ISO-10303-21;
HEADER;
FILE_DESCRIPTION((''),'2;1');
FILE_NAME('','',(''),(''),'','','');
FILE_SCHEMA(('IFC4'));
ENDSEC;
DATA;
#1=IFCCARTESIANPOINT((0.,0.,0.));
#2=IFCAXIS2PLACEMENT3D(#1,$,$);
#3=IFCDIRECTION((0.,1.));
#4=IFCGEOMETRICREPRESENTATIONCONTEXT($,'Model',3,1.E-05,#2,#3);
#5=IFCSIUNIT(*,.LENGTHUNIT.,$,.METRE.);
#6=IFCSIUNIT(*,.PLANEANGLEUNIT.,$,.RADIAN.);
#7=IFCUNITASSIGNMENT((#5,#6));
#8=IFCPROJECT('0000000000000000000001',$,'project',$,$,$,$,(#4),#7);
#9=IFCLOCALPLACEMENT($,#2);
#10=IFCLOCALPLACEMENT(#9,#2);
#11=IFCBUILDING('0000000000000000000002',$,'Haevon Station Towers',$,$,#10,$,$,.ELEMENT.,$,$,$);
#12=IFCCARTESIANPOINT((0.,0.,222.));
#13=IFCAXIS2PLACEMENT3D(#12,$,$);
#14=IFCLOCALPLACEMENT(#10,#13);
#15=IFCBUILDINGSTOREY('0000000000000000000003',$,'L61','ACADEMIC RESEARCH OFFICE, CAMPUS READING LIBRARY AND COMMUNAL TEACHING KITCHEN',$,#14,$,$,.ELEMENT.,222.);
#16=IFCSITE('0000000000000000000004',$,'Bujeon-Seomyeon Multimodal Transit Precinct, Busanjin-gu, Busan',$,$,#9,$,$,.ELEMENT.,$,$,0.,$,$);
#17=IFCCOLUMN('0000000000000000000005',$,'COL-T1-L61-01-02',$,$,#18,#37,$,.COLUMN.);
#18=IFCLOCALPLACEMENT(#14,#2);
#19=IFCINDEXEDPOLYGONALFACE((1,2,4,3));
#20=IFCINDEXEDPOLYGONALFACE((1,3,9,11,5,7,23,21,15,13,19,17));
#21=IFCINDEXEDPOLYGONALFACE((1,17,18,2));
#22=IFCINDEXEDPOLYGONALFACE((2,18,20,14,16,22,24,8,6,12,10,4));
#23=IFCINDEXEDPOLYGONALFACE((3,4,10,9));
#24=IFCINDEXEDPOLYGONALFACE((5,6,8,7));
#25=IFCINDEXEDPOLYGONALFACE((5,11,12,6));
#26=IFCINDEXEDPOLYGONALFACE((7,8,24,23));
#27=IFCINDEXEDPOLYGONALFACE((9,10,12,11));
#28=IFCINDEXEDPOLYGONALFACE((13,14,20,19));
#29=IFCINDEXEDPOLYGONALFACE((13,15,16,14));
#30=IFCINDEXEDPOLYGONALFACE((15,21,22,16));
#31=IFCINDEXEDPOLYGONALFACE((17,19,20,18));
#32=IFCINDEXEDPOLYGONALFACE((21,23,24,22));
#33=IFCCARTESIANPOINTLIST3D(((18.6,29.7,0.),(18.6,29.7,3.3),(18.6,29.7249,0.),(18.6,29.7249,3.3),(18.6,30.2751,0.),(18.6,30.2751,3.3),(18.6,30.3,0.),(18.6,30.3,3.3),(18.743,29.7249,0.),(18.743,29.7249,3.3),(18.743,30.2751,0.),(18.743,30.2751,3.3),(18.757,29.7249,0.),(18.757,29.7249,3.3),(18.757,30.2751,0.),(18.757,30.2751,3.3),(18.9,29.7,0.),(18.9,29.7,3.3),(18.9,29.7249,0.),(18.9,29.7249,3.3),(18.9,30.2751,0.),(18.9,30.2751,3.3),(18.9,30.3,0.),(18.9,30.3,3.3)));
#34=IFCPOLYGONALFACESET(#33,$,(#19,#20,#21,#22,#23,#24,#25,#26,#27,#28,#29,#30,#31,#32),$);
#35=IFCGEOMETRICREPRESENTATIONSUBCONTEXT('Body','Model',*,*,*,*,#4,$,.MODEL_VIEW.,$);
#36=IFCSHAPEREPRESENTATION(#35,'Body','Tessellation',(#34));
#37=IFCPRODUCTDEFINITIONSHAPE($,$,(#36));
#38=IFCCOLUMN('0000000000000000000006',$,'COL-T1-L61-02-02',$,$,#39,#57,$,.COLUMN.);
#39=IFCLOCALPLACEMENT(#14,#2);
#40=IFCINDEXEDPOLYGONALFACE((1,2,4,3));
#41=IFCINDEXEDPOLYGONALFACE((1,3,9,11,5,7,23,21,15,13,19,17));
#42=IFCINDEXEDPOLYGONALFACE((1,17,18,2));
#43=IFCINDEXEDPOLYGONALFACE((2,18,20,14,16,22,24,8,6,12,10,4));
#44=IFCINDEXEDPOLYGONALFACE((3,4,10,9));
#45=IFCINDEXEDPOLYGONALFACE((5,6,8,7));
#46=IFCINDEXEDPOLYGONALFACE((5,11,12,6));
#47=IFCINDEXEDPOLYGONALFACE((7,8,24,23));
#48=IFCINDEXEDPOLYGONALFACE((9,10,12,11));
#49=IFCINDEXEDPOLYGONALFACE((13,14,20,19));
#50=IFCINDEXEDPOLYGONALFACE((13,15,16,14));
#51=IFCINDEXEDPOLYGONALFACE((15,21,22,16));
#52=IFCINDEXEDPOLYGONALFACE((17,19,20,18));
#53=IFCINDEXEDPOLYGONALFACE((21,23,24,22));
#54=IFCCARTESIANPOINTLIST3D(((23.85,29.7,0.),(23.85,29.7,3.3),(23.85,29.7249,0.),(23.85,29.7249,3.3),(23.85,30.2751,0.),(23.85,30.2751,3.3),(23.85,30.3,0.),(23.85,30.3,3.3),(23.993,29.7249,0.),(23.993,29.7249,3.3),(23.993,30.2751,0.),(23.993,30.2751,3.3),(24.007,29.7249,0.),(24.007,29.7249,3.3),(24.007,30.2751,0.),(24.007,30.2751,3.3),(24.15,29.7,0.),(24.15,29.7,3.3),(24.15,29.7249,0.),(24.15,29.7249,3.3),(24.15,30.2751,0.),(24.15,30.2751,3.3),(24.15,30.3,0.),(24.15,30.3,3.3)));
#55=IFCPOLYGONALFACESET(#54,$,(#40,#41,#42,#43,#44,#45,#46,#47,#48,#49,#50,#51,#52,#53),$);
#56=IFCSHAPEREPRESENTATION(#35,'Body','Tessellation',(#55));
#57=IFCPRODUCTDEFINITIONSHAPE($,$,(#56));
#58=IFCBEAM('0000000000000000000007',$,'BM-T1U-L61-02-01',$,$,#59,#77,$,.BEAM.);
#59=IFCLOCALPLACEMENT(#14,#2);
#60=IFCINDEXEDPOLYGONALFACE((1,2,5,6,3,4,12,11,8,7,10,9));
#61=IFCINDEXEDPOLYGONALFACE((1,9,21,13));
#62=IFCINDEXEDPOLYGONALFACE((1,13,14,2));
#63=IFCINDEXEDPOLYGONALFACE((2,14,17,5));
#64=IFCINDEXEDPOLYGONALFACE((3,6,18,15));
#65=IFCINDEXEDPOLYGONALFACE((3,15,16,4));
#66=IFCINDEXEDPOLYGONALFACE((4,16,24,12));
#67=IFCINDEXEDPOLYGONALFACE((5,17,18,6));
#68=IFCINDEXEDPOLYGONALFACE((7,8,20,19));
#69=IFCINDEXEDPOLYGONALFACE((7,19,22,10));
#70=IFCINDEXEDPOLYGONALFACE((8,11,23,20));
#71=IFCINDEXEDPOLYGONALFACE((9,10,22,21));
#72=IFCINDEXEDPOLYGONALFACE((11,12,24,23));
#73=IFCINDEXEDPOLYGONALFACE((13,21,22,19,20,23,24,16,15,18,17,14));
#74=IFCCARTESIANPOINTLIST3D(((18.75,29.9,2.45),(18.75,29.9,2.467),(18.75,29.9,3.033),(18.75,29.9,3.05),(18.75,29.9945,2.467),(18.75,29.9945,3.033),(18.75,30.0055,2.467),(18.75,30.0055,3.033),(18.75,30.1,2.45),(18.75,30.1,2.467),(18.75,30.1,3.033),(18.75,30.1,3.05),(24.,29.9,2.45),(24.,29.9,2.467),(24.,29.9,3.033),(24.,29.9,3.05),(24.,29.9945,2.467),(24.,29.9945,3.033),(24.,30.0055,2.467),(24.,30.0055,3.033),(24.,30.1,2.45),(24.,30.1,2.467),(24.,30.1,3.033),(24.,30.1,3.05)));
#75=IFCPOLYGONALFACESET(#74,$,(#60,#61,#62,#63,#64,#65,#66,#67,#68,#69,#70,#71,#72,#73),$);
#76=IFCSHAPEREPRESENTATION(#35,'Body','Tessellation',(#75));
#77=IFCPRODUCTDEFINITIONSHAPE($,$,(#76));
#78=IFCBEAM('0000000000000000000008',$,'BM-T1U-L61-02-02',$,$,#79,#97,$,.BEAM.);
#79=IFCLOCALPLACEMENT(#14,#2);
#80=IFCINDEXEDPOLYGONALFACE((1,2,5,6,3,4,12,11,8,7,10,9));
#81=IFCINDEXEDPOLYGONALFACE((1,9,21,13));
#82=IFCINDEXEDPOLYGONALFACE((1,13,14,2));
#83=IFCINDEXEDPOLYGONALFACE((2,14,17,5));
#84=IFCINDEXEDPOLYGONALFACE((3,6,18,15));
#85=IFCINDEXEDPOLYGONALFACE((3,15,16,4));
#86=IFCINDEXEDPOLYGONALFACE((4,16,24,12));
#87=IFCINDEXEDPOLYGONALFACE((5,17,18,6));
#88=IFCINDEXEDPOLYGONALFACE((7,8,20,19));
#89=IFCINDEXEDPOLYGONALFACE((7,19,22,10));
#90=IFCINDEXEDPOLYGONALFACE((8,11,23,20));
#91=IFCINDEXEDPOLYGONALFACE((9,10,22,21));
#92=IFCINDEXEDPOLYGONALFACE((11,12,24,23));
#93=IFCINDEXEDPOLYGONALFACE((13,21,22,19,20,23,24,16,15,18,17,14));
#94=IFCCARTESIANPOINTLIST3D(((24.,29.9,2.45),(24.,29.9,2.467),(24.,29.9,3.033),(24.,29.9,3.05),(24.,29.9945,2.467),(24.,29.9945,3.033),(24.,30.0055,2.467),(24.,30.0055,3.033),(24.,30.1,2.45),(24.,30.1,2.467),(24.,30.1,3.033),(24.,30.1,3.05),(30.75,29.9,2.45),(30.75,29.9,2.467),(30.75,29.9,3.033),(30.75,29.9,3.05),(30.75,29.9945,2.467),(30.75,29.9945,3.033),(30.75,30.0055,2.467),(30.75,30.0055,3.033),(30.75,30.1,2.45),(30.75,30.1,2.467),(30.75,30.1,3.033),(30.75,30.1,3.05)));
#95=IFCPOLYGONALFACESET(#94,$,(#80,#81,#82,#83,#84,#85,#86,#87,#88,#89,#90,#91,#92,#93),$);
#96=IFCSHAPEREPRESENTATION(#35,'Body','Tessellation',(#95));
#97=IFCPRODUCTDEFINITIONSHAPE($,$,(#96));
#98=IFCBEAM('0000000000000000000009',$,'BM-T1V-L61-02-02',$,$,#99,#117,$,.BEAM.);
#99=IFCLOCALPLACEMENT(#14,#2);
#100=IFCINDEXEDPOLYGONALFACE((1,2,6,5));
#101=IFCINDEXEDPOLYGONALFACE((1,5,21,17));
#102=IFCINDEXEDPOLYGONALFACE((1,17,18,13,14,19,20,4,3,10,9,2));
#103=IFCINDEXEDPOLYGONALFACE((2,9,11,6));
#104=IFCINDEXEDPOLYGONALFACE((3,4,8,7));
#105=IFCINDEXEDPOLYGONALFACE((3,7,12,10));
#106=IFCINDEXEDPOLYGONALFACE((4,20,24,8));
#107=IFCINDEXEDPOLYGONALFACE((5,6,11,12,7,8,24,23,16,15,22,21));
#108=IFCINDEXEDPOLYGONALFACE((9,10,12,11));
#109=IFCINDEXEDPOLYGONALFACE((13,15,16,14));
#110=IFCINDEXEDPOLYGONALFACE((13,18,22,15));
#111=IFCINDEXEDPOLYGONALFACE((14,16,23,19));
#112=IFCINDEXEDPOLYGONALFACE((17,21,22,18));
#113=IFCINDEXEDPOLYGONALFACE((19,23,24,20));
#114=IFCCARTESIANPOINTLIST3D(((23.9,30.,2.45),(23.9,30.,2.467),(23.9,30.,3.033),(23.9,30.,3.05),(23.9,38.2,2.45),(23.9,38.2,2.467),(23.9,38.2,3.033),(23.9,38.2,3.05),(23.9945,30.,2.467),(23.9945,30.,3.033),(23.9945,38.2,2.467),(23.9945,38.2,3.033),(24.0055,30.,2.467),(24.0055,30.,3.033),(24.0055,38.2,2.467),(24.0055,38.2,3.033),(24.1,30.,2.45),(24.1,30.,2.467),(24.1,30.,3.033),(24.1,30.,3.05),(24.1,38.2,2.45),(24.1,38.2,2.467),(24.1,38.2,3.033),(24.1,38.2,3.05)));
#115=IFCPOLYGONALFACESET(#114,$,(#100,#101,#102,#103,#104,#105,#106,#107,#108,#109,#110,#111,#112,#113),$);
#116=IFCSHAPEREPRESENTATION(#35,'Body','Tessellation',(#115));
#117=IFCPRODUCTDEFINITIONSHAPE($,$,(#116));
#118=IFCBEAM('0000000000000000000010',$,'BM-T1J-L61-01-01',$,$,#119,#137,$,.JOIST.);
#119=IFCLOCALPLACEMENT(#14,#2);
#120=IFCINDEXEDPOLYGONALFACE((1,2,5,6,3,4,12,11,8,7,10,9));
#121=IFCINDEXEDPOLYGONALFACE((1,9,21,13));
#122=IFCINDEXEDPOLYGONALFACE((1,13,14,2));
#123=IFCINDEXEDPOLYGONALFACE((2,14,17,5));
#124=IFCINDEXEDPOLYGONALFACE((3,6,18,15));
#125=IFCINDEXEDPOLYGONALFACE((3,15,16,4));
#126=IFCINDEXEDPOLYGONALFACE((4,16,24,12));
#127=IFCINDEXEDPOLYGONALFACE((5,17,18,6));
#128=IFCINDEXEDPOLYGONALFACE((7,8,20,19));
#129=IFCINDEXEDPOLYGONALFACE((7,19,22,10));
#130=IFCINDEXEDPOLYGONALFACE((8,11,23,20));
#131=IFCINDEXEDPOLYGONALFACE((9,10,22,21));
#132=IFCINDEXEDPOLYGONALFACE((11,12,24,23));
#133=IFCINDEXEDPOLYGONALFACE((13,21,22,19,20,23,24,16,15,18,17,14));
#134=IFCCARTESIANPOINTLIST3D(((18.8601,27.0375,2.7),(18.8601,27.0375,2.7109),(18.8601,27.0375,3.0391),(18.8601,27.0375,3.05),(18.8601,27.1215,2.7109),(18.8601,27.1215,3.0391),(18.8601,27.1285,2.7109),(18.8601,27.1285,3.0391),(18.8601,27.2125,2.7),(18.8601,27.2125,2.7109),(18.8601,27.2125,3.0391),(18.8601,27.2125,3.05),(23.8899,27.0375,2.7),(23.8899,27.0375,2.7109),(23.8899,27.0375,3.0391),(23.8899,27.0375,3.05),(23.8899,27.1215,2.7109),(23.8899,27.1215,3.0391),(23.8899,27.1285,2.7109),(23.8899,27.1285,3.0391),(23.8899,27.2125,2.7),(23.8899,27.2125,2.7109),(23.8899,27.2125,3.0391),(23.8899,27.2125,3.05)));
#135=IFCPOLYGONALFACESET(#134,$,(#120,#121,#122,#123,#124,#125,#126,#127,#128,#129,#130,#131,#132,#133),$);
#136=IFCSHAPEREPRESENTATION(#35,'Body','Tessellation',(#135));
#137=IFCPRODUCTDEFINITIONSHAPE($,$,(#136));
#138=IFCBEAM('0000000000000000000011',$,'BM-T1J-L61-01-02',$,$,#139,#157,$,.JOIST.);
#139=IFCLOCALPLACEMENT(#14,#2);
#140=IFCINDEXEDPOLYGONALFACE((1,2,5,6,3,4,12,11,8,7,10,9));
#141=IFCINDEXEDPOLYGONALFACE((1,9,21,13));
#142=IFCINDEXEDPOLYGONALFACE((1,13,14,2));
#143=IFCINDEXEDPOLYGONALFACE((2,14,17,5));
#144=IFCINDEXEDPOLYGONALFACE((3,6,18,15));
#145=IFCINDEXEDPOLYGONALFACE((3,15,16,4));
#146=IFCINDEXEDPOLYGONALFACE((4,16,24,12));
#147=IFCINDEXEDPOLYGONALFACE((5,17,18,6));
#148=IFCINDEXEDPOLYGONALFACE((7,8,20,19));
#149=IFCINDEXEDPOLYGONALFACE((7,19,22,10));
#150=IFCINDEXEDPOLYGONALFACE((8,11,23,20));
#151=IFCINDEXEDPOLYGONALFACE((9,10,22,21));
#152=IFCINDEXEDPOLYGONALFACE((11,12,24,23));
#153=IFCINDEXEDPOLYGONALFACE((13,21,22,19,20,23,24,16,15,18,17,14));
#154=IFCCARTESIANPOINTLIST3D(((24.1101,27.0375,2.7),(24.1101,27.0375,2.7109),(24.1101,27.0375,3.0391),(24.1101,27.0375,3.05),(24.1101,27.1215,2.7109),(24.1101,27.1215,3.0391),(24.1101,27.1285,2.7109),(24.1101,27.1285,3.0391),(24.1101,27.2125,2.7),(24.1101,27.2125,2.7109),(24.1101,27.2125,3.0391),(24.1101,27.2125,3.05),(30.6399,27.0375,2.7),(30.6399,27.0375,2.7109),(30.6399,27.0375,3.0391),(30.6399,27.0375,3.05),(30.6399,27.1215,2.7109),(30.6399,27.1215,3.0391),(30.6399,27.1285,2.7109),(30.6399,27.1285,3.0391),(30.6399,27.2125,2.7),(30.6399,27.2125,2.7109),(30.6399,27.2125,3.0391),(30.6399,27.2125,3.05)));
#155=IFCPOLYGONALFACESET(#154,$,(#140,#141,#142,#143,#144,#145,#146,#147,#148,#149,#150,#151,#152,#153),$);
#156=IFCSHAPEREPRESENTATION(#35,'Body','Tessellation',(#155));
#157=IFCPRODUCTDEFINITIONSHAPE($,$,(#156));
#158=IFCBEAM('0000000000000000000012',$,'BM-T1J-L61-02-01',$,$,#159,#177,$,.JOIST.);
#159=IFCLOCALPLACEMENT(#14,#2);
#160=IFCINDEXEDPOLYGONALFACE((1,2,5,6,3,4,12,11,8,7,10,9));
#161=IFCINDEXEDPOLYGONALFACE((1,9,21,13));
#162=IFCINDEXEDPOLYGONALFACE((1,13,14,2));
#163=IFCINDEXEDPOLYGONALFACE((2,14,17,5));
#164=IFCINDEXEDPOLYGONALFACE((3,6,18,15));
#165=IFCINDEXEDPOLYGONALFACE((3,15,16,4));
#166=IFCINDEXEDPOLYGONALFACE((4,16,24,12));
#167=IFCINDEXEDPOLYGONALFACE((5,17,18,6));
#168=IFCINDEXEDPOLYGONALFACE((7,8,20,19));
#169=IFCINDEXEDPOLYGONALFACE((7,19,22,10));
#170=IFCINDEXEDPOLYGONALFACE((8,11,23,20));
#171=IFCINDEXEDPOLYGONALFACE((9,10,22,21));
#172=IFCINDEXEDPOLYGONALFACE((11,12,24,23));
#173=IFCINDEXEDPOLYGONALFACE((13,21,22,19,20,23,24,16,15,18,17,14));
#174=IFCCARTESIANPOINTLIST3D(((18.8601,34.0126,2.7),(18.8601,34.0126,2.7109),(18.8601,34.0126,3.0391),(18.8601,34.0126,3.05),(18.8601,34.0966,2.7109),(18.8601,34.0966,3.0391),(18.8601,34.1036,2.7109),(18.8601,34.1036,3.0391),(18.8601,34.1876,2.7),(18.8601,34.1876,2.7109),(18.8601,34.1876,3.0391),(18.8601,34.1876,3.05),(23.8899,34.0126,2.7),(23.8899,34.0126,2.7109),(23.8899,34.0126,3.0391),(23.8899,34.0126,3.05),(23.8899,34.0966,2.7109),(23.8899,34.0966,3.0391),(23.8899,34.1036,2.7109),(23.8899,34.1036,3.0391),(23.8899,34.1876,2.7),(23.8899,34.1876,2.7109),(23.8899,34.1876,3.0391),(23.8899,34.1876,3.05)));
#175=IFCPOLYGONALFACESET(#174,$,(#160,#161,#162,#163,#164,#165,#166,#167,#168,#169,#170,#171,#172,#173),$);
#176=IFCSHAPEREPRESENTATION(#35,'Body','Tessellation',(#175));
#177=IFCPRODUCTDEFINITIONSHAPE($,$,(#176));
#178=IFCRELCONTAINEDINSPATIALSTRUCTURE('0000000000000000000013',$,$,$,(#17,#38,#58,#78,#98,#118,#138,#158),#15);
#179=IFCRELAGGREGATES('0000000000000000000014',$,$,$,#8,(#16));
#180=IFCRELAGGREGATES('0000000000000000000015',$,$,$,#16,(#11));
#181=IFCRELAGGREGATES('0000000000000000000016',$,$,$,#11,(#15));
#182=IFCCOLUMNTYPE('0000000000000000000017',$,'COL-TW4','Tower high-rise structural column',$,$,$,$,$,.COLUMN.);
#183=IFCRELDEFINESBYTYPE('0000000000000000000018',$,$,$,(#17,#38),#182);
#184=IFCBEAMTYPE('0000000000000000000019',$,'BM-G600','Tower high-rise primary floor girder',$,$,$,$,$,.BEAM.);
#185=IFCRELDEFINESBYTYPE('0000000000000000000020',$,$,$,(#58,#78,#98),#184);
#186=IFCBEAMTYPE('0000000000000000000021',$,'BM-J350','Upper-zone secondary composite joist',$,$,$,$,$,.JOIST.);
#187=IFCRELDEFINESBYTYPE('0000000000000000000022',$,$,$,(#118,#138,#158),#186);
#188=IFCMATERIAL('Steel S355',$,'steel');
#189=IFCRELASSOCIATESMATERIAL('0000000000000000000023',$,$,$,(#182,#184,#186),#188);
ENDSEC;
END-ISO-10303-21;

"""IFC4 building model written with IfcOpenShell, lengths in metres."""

from ifc_helpers import new_model, si_unit, direction, frame, origin, origin_2d, place, context, subcontext, project, spatial, i_section, extrude, material, material_profile, profile_set, type_object, element, save


model = new_model("IFC4")

# Units and contexts
model_context = context("Model", 3, precision=1e-05, world=origin(), true_north=direction((0.0, 1.0)))
body_context = subcontext(model_context, "Body", "Model", "MODEL_VIEW")
ifc_project = project(units=[si_unit("LENGTHUNIT", "METRE"), si_unit("PLANEANGLEUNIT", "RADIAN")], contexts=[model_context])

# Site, building, storey
site_placement = place(None, origin())
site = spatial("IfcSite", under=ifc_project, at=site_placement, Name="Bujeon-Seomyeon Multimodal Transit Precinct, Busanjin-gu, Busan", CompositionType="ELEMENT", RefElevation=0.0)
building_placement = place(site_placement, origin())
building = spatial("IfcBuilding", under=site, at=building_placement, Name="Haevon Station Towers", CompositionType="ELEMENT")
storey_placement = place(building_placement, frame((0.0, 0.0, 222.0)))
storey = spatial("IfcBuildingStorey", under=building, at=storey_placement, Name="L61", Description="ACADEMIC RESEARCH OFFICE, CAMPUS READING LIBRARY AND COMMUNAL TEACHING KITCHEN", CompositionType="ELEMENT", Elevation=222.0)

# Columns
ifc_material_1 = material(Name="Steel S355", Category="steel")
ifc_material_profile_1 = material_profile(ifc_material_1, i_section(OverallWidth=0.3, OverallDepth=0.6001, WebThickness=0.0139, FlangeThickness=0.0249, at=origin_2d()), Name="H-600x300x14x25")
ifc_profile_set_1 = profile_set([ifc_material_profile_1], Name="Steel S355")
column_type = type_object("IfcColumnType", Name="COL-TW4", Description="Tower high-rise structural column", PredefinedType="COLUMN", material=ifc_profile_set_1)
for number, where, z_axis, x_axis, name in (
    (1, (18.75, 30.0, 0.0), (0.0, 0.0, 1.0), (1.0, 0.0, 0.0), "COL-T1-L61-01-02"),
    (2, (24.0, 30.0, 0.0), (0.0, 0.0, 1.0), (1.0, 0.0, 0.0), "COL-T1-L61-02-02"),
):
    element("IfcColumn", number, at=place(storey_placement, frame(where, z_axis=z_axis, x_axis=x_axis)), inside=storey, type_object=column_type, Name=name, PredefinedType="COLUMN", context=body_context, shape_type="SweptSolid", body=[
        extrude(i_section(OverallWidth=0.3, OverallDepth=0.6001, WebThickness=0.0139, FlangeThickness=0.0249, at=origin_2d()), origin(), (0.0, 0.0, 1.0), 3.3),
    ])

# Beams
ifc_material_profile_2 = material_profile(ifc_material_1, i_section(OverallWidth=0.2, OverallDepth=0.6001, WebThickness=0.011, FlangeThickness=0.0171, at=origin_2d()), Name="H-600x200x11x17")
ifc_profile_set_2 = profile_set([ifc_material_profile_2], Name="Steel S355")
beam_type_1 = type_object("IfcBeamType", Name="BM-G600", Description="Tower high-rise primary floor girder", PredefinedType="BEAM", material=ifc_profile_set_2)
beam_1_placement = place(storey_placement, frame((18.75, 30.0, 2.75), z_axis=(1.0, 0.0, 0.0), x_axis=(0.0, 1.0, 0.0)))
element("IfcBeam", 3, at=beam_1_placement, inside=storey, type_object=beam_type_1, Name="BM-T1U-L61-02-01", PredefinedType="BEAM", context=body_context, shape_type="SweptSolid", body=[
    extrude(i_section(OverallWidth=0.2, OverallDepth=0.6001, WebThickness=0.011, FlangeThickness=0.0171, at=origin_2d()), origin(), (0.0, 0.0, 1.0), 5.25),
])
beam_2_placement = place(storey_placement, frame((24.0, 30.0, 2.75), z_axis=(1.0, 0.0, 0.0), x_axis=(0.0, 1.0, 0.0)))
element("IfcBeam", 4, at=beam_2_placement, inside=storey, type_object=beam_type_1, Name="BM-T1U-L61-02-02", PredefinedType="BEAM", context=body_context, shape_type="SweptSolid", body=[
    extrude(i_section(OverallWidth=0.2, OverallDepth=0.6001, WebThickness=0.011, FlangeThickness=0.0171, at=origin_2d()), origin(), (0.0, 0.0, 1.0), 6.75),
])
beam_3_placement = place(storey_placement, frame((24.0, 30.0, 2.75), z_axis=(0.0, 1.0, 0.0), x_axis=(-1.0, 0.0, 0.0)))
element("IfcBeam", 5, at=beam_3_placement, inside=storey, type_object=beam_type_1, Name="BM-T1V-L61-02-02", PredefinedType="BEAM", context=body_context, shape_type="SweptSolid", body=[
    extrude(i_section(OverallWidth=0.2, OverallDepth=0.6001, WebThickness=0.011, FlangeThickness=0.0171, at=origin_2d()), origin(), (0.0, 0.0, 1.0), 8.2),
])
ifc_material_profile_3 = material_profile(ifc_material_1, i_section(OverallWidth=0.175, OverallDepth=0.3501, WebThickness=0.0071, FlangeThickness=0.011, at=origin_2d()), Name="H-350x175x7x11")
ifc_profile_set_3 = profile_set([ifc_material_profile_3], Name="Steel S355")
beam_type_2 = type_object("IfcBeamType", Name="BM-J350", Description="Upper-zone secondary composite joist", PredefinedType="JOIST", material=ifc_profile_set_3)
beam_4_placement = place(storey_placement, frame((18.8601, 27.125, 2.875), z_axis=(1.0, 0.0, 0.0), x_axis=(0.0, 1.0, 0.0)))
element("IfcBeam", 6, at=beam_4_placement, inside=storey, type_object=beam_type_2, Name="BM-T1J-L61-01-01", PredefinedType="JOIST", context=body_context, shape_type="SweptSolid", body=[
    extrude(i_section(OverallWidth=0.175, OverallDepth=0.3501, WebThickness=0.0071, FlangeThickness=0.011, at=origin_2d()), origin(), (0.0, 0.0, 1.0), 5.0298),
])
beam_5_placement = place(storey_placement, frame((24.1101, 27.125, 2.875), z_axis=(1.0, 0.0, 0.0), x_axis=(0.0, 1.0, 0.0)))
element("IfcBeam", 7, at=beam_5_placement, inside=storey, type_object=beam_type_2, Name="BM-T1J-L61-01-02", PredefinedType="JOIST", context=body_context, shape_type="SweptSolid", body=[
    extrude(i_section(OverallWidth=0.175, OverallDepth=0.3501, WebThickness=0.0071, FlangeThickness=0.011, at=origin_2d()), origin(), (0.0, 0.0, 1.0), 6.5298),
])
beam_6_placement = place(storey_placement, frame((18.8601, 34.1001, 2.875), z_axis=(1.0, 0.0, 0.0), x_axis=(0.0, 1.0, 0.0)))
element("IfcBeam", 8, at=beam_6_placement, inside=storey, type_object=beam_type_2, Name="BM-T1J-L61-02-01", PredefinedType="JOIST", context=body_context, shape_type="SweptSolid", body=[
    extrude(i_section(OverallWidth=0.175, OverallDepth=0.3501, WebThickness=0.0071, FlangeThickness=0.011, at=origin_2d()), origin(), (0.0, 0.0, 1.0), 5.0298),
])

save(model, "model.ifc")
